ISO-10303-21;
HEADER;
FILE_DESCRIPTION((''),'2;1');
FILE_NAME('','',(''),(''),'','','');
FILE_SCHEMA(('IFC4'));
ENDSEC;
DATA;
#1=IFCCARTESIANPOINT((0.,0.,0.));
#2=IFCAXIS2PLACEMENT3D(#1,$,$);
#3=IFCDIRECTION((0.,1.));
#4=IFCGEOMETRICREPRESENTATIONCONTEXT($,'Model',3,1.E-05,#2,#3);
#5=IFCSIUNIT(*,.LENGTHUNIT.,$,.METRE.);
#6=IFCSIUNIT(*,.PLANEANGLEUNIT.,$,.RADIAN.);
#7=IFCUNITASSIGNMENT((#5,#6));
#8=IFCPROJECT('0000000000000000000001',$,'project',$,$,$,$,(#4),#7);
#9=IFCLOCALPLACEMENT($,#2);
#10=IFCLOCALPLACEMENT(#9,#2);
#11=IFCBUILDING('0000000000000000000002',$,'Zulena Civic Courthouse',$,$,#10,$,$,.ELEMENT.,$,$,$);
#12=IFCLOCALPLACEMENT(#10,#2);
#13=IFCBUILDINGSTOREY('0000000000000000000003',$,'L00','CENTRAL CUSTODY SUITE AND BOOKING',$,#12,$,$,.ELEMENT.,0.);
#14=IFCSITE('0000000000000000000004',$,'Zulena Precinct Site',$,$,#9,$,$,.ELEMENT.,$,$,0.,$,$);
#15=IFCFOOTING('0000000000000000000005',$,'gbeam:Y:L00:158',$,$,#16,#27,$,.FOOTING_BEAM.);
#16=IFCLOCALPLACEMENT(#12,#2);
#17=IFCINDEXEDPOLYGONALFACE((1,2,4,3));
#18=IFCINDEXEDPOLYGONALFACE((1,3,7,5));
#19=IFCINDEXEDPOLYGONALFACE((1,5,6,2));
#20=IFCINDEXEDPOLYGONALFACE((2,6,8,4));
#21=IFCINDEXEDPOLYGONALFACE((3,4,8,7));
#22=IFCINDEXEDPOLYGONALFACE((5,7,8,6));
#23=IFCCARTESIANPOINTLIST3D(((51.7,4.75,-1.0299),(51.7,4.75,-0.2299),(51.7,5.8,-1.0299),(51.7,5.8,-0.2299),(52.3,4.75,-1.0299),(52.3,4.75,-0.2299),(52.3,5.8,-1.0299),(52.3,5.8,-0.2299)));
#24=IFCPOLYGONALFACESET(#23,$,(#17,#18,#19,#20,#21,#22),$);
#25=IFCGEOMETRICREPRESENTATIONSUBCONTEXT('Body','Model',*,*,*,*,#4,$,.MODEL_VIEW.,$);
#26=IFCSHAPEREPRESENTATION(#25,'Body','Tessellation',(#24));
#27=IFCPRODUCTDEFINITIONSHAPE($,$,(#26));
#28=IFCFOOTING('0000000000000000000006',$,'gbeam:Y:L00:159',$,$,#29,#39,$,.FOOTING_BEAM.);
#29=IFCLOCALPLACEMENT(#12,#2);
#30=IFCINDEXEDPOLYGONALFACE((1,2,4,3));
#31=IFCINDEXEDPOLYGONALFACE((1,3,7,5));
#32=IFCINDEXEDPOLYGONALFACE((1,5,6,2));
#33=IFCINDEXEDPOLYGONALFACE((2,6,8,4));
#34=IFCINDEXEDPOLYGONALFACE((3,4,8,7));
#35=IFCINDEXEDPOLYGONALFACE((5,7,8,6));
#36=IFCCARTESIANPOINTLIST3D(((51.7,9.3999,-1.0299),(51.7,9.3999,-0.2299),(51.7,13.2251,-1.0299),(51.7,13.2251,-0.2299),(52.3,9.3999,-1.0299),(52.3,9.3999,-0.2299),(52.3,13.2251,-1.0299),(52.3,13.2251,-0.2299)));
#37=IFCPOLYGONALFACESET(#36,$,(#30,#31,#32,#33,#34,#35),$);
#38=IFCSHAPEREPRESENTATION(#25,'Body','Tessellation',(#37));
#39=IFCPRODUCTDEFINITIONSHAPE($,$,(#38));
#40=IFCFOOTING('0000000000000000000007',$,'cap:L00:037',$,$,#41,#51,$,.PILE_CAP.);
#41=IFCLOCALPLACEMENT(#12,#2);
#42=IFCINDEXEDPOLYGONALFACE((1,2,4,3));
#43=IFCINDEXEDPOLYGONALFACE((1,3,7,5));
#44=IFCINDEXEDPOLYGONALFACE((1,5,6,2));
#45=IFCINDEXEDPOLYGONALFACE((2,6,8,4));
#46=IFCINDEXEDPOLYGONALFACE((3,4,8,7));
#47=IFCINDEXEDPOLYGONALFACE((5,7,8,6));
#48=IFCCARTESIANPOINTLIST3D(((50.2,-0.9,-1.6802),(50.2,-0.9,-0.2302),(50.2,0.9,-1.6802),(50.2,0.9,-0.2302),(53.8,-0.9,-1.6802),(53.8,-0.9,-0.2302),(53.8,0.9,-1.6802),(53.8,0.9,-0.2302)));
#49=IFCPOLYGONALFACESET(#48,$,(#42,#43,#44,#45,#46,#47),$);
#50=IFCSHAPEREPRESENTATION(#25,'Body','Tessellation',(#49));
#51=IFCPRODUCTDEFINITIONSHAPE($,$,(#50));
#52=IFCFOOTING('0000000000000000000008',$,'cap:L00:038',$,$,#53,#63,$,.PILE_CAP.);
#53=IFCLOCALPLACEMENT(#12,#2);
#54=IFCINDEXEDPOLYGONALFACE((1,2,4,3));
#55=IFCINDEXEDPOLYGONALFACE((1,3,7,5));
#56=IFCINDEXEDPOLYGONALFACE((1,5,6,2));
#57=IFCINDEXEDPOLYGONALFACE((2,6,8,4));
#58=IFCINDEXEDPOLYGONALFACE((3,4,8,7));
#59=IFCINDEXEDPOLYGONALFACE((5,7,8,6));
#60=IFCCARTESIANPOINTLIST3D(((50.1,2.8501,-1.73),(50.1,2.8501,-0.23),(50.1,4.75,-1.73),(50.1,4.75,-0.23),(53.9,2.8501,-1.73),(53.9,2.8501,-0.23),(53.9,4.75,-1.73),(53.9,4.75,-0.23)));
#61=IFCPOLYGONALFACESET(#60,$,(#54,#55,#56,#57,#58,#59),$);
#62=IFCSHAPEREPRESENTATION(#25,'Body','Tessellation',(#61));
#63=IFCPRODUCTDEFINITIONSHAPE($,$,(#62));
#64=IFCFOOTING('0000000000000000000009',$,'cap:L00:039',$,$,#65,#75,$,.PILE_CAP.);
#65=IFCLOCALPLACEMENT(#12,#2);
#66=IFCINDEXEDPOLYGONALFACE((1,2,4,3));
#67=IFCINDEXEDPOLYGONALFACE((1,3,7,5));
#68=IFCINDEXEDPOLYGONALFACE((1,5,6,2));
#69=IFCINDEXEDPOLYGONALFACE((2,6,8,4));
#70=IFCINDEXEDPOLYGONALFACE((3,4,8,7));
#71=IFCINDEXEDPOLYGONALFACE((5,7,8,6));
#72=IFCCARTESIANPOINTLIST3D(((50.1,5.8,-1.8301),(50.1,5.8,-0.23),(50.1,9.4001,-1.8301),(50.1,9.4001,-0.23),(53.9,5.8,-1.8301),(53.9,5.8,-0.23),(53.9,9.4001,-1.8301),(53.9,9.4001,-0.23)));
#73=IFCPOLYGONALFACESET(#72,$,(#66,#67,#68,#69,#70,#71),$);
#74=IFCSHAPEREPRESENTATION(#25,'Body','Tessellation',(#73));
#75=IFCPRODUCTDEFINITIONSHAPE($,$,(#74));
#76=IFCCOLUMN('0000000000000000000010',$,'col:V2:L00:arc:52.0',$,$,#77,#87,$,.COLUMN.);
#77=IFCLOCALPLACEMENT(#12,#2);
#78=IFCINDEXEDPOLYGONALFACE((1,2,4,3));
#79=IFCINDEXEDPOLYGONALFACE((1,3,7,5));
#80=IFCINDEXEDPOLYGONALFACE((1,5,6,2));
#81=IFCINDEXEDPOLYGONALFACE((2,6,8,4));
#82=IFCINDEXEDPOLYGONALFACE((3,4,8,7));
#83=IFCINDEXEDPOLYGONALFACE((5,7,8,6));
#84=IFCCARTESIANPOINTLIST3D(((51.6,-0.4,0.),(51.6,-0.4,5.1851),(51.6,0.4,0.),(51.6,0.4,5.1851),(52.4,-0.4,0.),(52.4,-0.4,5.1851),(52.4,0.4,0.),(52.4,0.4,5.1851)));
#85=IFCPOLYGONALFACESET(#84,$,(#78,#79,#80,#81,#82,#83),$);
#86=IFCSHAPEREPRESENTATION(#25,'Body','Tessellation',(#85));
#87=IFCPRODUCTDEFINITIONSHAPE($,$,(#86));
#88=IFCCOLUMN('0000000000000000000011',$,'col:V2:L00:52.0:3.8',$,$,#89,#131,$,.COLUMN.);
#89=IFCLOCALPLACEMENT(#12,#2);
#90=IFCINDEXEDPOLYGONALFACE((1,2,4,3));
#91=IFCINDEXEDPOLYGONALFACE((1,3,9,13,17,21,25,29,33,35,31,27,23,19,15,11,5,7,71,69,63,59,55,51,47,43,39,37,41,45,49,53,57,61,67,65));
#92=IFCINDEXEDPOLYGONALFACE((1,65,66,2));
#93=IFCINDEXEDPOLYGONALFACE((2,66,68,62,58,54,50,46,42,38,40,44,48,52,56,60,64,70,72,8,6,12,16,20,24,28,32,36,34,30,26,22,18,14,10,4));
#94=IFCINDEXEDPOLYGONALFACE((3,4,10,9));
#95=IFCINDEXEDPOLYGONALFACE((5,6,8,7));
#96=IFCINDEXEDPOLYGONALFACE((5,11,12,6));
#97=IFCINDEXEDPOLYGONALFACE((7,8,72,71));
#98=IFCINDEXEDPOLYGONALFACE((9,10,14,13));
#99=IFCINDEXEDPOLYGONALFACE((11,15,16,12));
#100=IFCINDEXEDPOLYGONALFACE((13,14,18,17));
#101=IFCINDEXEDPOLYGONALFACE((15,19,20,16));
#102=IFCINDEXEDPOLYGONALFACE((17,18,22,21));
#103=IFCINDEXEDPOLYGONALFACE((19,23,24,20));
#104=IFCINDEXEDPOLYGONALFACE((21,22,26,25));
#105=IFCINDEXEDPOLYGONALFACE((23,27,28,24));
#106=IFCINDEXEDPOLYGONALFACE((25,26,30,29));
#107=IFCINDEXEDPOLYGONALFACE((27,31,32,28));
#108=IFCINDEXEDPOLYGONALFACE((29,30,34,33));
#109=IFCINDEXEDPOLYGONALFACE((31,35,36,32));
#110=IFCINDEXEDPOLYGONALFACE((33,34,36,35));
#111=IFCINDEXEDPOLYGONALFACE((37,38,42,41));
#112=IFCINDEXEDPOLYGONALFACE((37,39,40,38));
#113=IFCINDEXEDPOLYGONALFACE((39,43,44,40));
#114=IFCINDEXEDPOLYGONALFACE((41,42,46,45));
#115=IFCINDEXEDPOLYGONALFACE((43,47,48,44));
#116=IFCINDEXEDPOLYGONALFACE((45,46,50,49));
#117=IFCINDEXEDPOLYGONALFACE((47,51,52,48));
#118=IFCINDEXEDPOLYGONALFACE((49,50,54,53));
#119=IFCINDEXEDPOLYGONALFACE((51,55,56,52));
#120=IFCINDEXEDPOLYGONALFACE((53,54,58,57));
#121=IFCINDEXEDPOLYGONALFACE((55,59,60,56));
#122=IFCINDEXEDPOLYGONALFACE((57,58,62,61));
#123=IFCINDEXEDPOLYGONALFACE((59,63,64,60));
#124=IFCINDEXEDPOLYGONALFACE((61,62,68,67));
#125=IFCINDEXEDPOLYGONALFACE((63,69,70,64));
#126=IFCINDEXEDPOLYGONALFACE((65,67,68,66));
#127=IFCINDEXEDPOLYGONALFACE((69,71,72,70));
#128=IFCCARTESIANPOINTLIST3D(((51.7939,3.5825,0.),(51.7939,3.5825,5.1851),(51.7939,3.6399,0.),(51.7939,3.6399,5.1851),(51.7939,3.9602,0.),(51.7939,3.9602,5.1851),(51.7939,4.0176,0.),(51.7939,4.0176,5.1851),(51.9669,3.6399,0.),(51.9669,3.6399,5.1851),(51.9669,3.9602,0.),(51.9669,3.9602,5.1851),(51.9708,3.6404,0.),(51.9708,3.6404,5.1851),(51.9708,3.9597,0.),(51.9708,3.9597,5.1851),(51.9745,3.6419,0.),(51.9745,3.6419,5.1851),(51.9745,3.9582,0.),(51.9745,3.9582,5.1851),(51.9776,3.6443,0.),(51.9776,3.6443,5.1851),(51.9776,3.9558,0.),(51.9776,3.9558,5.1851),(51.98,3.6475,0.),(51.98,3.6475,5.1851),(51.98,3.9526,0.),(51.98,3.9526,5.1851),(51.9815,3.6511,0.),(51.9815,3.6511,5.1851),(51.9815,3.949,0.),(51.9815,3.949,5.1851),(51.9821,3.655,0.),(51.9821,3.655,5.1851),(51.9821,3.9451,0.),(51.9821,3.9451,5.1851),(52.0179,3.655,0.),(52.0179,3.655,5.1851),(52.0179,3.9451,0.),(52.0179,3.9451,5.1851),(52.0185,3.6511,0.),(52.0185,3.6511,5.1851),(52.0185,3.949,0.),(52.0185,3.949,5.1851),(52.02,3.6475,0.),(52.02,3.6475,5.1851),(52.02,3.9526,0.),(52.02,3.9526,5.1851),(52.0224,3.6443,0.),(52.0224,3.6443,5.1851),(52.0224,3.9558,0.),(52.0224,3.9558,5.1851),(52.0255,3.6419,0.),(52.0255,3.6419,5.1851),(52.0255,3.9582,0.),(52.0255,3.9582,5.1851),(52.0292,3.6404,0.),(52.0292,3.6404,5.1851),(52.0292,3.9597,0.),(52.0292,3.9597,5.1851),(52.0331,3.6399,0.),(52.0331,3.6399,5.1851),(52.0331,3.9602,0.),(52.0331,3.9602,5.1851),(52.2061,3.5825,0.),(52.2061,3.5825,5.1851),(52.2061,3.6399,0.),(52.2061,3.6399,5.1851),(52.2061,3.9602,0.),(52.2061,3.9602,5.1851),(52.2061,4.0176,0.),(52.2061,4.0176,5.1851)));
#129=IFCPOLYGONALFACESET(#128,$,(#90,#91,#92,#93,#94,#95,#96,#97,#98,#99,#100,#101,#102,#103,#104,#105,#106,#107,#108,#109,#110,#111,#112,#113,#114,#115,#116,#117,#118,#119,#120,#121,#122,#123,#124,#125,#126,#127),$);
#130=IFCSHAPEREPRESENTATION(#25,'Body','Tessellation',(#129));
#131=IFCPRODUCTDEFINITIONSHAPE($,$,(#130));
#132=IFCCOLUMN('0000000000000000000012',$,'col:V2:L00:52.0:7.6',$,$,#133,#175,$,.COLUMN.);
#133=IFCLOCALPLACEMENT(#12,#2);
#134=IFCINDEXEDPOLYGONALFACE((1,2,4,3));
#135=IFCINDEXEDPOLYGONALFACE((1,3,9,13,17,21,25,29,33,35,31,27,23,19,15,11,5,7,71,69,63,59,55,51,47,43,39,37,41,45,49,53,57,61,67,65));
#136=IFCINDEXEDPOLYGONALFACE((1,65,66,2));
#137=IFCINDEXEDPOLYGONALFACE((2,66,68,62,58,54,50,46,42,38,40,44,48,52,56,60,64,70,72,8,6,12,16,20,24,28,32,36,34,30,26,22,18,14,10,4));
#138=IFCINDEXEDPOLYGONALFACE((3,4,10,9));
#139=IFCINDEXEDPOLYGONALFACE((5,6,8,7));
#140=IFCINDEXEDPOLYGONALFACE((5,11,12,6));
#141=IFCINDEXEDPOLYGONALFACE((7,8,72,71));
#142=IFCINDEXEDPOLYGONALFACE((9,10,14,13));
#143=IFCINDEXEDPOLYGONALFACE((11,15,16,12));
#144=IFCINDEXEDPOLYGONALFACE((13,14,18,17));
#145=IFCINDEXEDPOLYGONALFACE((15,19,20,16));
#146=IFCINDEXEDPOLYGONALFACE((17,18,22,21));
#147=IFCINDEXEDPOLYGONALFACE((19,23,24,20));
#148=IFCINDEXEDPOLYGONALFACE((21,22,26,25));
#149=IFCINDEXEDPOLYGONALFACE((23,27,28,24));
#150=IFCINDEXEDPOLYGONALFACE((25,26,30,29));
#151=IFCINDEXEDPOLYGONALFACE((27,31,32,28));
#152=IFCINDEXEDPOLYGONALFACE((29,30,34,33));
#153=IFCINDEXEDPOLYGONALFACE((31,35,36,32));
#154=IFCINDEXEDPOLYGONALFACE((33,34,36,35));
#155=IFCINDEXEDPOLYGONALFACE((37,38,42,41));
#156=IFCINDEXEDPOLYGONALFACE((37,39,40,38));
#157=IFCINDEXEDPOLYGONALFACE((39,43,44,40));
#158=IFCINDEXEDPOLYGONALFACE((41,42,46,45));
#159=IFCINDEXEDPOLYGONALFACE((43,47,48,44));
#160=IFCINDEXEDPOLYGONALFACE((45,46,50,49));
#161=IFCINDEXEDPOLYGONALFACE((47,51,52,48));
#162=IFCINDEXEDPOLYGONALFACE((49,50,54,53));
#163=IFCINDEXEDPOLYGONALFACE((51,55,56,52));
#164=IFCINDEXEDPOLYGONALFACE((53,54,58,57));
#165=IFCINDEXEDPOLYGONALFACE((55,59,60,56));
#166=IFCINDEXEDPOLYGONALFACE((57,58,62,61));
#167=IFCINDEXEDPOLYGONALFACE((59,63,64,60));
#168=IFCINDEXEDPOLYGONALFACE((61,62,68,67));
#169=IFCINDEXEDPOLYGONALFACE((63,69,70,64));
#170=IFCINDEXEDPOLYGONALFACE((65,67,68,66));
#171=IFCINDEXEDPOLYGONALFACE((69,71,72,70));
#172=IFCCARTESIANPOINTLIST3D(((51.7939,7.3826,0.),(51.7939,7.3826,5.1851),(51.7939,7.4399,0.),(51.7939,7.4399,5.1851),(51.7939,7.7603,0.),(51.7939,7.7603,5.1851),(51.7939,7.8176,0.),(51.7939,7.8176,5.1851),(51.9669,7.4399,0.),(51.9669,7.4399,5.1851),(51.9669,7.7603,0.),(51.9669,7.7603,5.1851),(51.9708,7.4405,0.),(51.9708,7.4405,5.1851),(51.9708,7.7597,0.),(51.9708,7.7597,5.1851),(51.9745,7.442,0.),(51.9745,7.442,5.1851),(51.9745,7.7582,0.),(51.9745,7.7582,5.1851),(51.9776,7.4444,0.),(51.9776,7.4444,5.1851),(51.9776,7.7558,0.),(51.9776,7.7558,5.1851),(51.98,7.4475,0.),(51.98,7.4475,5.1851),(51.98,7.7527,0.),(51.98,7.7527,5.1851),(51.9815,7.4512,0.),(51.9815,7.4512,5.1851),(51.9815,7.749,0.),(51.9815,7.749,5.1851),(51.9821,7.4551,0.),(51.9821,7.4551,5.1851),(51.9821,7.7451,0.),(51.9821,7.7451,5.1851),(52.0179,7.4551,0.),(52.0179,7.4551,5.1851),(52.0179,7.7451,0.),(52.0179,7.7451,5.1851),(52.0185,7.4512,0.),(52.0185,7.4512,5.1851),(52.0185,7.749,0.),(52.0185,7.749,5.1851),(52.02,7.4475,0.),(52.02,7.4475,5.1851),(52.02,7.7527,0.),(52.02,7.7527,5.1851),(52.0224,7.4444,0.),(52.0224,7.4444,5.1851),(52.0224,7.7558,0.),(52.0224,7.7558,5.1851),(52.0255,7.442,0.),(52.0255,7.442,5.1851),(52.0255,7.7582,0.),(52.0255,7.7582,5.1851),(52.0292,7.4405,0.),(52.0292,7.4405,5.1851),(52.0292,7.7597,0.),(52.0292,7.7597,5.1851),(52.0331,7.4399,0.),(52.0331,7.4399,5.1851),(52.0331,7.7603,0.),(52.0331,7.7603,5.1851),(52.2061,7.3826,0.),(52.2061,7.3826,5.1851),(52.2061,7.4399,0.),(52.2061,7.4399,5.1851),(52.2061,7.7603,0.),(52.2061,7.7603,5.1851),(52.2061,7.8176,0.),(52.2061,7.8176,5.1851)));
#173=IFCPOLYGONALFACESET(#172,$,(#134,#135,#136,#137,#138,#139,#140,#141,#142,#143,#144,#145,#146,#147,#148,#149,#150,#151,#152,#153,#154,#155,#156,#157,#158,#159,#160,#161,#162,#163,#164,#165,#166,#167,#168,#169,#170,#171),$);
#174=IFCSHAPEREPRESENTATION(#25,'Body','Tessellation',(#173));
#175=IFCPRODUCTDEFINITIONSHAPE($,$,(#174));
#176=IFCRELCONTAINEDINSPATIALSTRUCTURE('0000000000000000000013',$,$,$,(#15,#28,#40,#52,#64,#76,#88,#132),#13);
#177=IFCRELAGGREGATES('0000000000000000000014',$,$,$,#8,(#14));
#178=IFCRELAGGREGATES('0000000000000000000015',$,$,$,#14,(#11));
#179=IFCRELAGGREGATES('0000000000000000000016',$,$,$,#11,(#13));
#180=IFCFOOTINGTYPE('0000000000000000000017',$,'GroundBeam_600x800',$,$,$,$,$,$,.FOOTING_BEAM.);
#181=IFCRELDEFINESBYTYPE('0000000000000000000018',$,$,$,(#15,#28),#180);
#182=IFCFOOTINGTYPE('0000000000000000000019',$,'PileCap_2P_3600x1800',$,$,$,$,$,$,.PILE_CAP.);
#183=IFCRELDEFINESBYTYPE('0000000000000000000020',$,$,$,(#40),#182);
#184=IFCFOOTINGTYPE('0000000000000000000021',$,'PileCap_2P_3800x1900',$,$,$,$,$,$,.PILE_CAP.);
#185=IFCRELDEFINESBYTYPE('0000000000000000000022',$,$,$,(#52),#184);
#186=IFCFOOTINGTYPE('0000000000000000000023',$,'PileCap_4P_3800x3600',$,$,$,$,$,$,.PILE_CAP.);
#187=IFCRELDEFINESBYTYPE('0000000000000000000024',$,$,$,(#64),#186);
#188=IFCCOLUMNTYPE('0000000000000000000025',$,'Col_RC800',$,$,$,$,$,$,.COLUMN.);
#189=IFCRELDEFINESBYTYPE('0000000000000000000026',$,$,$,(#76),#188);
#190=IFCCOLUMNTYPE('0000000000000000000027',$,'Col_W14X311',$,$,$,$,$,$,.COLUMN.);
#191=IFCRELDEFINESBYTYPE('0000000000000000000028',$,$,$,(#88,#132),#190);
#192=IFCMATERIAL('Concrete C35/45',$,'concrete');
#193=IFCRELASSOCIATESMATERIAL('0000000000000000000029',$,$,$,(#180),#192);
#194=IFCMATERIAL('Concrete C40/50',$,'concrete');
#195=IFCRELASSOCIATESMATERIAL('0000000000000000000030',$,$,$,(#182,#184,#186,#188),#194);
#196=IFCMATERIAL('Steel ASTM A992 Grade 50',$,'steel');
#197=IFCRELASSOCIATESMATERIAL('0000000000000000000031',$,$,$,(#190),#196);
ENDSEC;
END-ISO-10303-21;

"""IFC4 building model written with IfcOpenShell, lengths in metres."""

from ifc_helpers import new_model, si_unit, direction, frame, origin, origin_2d, place, context, subcontext, project, spatial, rectangle, i_section, extrude, material, material_profile, profile_set, type_object, element, save


model = new_model("IFC4")

# Units and contexts
model_context = context("Model", 3, precision=1e-05, world=origin(), true_north=direction((0.0, 1.0)))
body_context = subcontext(model_context, "Body", "Model", "MODEL_VIEW")
ifc_project = project(units=[si_unit("LENGTHUNIT", "METRE"), si_unit("PLANEANGLEUNIT", "RADIAN")], contexts=[model_context])

# Site, building, storey
site_placement = place(None, origin())
site = spatial("IfcSite", under=ifc_project, at=site_placement, Name="Zulena Precinct Site", CompositionType="ELEMENT", RefElevation=0.0)
building_placement = place(site_placement, origin())
building = spatial("IfcBuilding", under=site, at=building_placement, Name="Zulena Civic Courthouse", CompositionType="ELEMENT")
storey_placement = place(building_placement, origin())
storey = spatial("IfcBuildingStorey", under=building, at=storey_placement, Name="L00", Description="CENTRAL CUSTODY SUITE AND BOOKING", CompositionType="ELEMENT", Elevation=0.0)

# Shared definitions
ifc_material_1 = material(Name="Concrete C40/50", Category="concrete")

# Footings
ifc_material_2 = material(Name="Concrete C35/45", Category="concrete")
ifc_material_profile_1 = material_profile(ifc_material_2, rectangle(XDim=0.6001, YDim=0.8, at=origin_2d()), Name="RC600X800")
ifc_profile_set_1 = profile_set([ifc_material_profile_1], Name="Concrete C35/45")
footing_type_1 = type_object("IfcFootingType", Name="GroundBeam_600x800", PredefinedType="FOOTING_BEAM", material=ifc_profile_set_1)
footing_1_placement = place(storey_placement, frame((52.0, 4.75, -0.6299), z_axis=(0.0, 1.0, 0.0), x_axis=(-1.0, 0.0, 0.0)))
element("IfcFooting", 1, at=footing_1_placement, inside=storey, type_object=footing_type_1, Name="gbeam:Y:L00:158", PredefinedType="FOOTING_BEAM", context=body_context, shape_type="SweptSolid", body=[
    extrude(rectangle(XDim=0.6001, YDim=0.8, at=origin_2d()), origin(), (0.0, 0.0, 1.0), 1.05),
])
footing_2_placement = place(storey_placement, frame((52.0, 9.3999, -0.6299), z_axis=(0.0, 1.0, 0.0), x_axis=(-1.0, 0.0, 0.0)))
element("IfcFooting", 2, at=footing_2_placement, inside=storey, type_object=footing_type_1, Name="gbeam:Y:L00:159", PredefinedType="FOOTING_BEAM", context=body_context, shape_type="SweptSolid", body=[
    extrude(rectangle(XDim=0.6001, YDim=0.8, at=origin_2d()), origin(), (0.0, 0.0, 1.0), 3.8252),
])
footing_type_2 = type_object("IfcFootingType", Name="PileCap_2P_3600x1800", PredefinedType="PILE_CAP", material=ifc_material_1)
footing_3_placement = place(storey_placement, frame((52.0, 0.0, -1.6802), z_axis=(0.0, 0.0, 1.0), x_axis=(1.0, 0.0, 0.0)))
element("IfcFooting", 3, at=footing_3_placement, inside=storey, type_object=footing_type_2, Name="cap:L00:037", PredefinedType="PILE_CAP", context=body_context, shape_type="SweptSolid", body=[
    extrude(rectangle(XDim=3.6001, YDim=1.8, at=origin_2d()), origin(), (0.0, 0.0, 1.0), 1.45),
])
footing_type_3 = type_object("IfcFootingType", Name="PileCap_2P_3800x1900", PredefinedType="PILE_CAP", material=ifc_material_1)
footing_4_placement = place(storey_placement, frame((52.0, 3.8, -1.73), z_axis=(0.0, 0.0, 1.0), x_axis=(1.0, 0.0, 0.0)))
element("IfcFooting", 4, at=footing_4_placement, inside=storey, type_object=footing_type_3, Name="cap:L00:038", PredefinedType="PILE_CAP", context=body_context, shape_type="SweptSolid", body=[
    extrude(rectangle(XDim=3.8, YDim=1.8999, at=origin_2d()), origin(), (0.0, 0.0, 1.0), 1.5),
])
footing_type_4 = type_object("IfcFootingType", Name="PileCap_4P_3800x3600", PredefinedType="PILE_CAP", material=ifc_material_1)
footing_5_placement = place(storey_placement, frame((52.0, 7.6001, -1.8301), z_axis=(0.0, 0.0, 1.0), x_axis=(1.0, 0.0, 0.0)))
element("IfcFooting", 5, at=footing_5_placement, inside=storey, type_object=footing_type_4, Name="cap:L00:039", PredefinedType="PILE_CAP", context=body_context, shape_type="SweptSolid", body=[
    extrude(rectangle(XDim=3.8, YDim=3.6001, at=origin_2d()), origin(), (0.0, 0.0, 1.0), 1.6001),
])

# Columns
ifc_material_profile_2 = material_profile(ifc_material_1, rectangle(XDim=0.8, YDim=0.8, at=origin_2d()), Name="RC800X800")
ifc_profile_set_2 = profile_set([ifc_material_profile_2], Name="Concrete C40/50")
column_type_1 = type_object("IfcColumnType", Name="Col_RC800", PredefinedType="COLUMN", material=ifc_profile_set_2)
column_placement = place(storey_placement, frame((52.0, 0.0, 0.0), z_axis=(0.0, 0.0, 1.0), x_axis=(1.0, 0.0, 0.0)))
element("IfcColumn", 6, at=column_placement, inside=storey, type_object=column_type_1, Name="col:V2:L00:arc:52.0", PredefinedType="COLUMN", context=body_context, shape_type="SweptSolid", body=[
    extrude(rectangle(XDim=0.8, YDim=0.8, at=origin_2d()), origin(), (0.0, 0.0, 1.0), 5.1851),
])
ifc_material_3 = material(Name="Steel ASTM A992 Grade 50", Category="steel")
ifc_material_profile_3 = material_profile(ifc_material_3, i_section(OverallWidth=0.4121, OverallDepth=0.4351, WebThickness=0.0359, FlangeThickness=0.0574, FilletRadius=0.0151, at=origin_2d()), Name="W14X311")
ifc_profile_set_3 = profile_set([ifc_material_profile_3], Name="Steel ASTM A992 Grade 50")
column_type_2 = type_object("IfcColumnType", Name="Col_W14X311", PredefinedType="COLUMN", material=ifc_profile_set_3)
for number, where, z_axis, x_axis, name in (
    (7, (52.0, 3.8, 0.0), (0.0, 0.0, 1.0), (1.0, 0.0, 0.0), "col:V2:L00:52.0:3.8"),
    (8, (52.0, 7.6001, 0.0), (0.0, 0.0, 1.0), (1.0, 0.0, 0.0), "col:V2:L00:52.0:7.6"),
):
    element("IfcColumn", number, at=place(storey_placement, frame(where, z_axis=z_axis, x_axis=x_axis)), inside=storey, type_object=column_type_2, Name=name, PredefinedType="COLUMN", context=body_context, shape_type="SweptSolid", body=[
        extrude(i_section(OverallWidth=0.4121, OverallDepth=0.4351, WebThickness=0.0359, FlangeThickness=0.0574, FilletRadius=0.0151, at=origin_2d()), origin(), (0.0, 0.0, 1.0), 5.1851),
    ])

save(model, "model.ifc")
